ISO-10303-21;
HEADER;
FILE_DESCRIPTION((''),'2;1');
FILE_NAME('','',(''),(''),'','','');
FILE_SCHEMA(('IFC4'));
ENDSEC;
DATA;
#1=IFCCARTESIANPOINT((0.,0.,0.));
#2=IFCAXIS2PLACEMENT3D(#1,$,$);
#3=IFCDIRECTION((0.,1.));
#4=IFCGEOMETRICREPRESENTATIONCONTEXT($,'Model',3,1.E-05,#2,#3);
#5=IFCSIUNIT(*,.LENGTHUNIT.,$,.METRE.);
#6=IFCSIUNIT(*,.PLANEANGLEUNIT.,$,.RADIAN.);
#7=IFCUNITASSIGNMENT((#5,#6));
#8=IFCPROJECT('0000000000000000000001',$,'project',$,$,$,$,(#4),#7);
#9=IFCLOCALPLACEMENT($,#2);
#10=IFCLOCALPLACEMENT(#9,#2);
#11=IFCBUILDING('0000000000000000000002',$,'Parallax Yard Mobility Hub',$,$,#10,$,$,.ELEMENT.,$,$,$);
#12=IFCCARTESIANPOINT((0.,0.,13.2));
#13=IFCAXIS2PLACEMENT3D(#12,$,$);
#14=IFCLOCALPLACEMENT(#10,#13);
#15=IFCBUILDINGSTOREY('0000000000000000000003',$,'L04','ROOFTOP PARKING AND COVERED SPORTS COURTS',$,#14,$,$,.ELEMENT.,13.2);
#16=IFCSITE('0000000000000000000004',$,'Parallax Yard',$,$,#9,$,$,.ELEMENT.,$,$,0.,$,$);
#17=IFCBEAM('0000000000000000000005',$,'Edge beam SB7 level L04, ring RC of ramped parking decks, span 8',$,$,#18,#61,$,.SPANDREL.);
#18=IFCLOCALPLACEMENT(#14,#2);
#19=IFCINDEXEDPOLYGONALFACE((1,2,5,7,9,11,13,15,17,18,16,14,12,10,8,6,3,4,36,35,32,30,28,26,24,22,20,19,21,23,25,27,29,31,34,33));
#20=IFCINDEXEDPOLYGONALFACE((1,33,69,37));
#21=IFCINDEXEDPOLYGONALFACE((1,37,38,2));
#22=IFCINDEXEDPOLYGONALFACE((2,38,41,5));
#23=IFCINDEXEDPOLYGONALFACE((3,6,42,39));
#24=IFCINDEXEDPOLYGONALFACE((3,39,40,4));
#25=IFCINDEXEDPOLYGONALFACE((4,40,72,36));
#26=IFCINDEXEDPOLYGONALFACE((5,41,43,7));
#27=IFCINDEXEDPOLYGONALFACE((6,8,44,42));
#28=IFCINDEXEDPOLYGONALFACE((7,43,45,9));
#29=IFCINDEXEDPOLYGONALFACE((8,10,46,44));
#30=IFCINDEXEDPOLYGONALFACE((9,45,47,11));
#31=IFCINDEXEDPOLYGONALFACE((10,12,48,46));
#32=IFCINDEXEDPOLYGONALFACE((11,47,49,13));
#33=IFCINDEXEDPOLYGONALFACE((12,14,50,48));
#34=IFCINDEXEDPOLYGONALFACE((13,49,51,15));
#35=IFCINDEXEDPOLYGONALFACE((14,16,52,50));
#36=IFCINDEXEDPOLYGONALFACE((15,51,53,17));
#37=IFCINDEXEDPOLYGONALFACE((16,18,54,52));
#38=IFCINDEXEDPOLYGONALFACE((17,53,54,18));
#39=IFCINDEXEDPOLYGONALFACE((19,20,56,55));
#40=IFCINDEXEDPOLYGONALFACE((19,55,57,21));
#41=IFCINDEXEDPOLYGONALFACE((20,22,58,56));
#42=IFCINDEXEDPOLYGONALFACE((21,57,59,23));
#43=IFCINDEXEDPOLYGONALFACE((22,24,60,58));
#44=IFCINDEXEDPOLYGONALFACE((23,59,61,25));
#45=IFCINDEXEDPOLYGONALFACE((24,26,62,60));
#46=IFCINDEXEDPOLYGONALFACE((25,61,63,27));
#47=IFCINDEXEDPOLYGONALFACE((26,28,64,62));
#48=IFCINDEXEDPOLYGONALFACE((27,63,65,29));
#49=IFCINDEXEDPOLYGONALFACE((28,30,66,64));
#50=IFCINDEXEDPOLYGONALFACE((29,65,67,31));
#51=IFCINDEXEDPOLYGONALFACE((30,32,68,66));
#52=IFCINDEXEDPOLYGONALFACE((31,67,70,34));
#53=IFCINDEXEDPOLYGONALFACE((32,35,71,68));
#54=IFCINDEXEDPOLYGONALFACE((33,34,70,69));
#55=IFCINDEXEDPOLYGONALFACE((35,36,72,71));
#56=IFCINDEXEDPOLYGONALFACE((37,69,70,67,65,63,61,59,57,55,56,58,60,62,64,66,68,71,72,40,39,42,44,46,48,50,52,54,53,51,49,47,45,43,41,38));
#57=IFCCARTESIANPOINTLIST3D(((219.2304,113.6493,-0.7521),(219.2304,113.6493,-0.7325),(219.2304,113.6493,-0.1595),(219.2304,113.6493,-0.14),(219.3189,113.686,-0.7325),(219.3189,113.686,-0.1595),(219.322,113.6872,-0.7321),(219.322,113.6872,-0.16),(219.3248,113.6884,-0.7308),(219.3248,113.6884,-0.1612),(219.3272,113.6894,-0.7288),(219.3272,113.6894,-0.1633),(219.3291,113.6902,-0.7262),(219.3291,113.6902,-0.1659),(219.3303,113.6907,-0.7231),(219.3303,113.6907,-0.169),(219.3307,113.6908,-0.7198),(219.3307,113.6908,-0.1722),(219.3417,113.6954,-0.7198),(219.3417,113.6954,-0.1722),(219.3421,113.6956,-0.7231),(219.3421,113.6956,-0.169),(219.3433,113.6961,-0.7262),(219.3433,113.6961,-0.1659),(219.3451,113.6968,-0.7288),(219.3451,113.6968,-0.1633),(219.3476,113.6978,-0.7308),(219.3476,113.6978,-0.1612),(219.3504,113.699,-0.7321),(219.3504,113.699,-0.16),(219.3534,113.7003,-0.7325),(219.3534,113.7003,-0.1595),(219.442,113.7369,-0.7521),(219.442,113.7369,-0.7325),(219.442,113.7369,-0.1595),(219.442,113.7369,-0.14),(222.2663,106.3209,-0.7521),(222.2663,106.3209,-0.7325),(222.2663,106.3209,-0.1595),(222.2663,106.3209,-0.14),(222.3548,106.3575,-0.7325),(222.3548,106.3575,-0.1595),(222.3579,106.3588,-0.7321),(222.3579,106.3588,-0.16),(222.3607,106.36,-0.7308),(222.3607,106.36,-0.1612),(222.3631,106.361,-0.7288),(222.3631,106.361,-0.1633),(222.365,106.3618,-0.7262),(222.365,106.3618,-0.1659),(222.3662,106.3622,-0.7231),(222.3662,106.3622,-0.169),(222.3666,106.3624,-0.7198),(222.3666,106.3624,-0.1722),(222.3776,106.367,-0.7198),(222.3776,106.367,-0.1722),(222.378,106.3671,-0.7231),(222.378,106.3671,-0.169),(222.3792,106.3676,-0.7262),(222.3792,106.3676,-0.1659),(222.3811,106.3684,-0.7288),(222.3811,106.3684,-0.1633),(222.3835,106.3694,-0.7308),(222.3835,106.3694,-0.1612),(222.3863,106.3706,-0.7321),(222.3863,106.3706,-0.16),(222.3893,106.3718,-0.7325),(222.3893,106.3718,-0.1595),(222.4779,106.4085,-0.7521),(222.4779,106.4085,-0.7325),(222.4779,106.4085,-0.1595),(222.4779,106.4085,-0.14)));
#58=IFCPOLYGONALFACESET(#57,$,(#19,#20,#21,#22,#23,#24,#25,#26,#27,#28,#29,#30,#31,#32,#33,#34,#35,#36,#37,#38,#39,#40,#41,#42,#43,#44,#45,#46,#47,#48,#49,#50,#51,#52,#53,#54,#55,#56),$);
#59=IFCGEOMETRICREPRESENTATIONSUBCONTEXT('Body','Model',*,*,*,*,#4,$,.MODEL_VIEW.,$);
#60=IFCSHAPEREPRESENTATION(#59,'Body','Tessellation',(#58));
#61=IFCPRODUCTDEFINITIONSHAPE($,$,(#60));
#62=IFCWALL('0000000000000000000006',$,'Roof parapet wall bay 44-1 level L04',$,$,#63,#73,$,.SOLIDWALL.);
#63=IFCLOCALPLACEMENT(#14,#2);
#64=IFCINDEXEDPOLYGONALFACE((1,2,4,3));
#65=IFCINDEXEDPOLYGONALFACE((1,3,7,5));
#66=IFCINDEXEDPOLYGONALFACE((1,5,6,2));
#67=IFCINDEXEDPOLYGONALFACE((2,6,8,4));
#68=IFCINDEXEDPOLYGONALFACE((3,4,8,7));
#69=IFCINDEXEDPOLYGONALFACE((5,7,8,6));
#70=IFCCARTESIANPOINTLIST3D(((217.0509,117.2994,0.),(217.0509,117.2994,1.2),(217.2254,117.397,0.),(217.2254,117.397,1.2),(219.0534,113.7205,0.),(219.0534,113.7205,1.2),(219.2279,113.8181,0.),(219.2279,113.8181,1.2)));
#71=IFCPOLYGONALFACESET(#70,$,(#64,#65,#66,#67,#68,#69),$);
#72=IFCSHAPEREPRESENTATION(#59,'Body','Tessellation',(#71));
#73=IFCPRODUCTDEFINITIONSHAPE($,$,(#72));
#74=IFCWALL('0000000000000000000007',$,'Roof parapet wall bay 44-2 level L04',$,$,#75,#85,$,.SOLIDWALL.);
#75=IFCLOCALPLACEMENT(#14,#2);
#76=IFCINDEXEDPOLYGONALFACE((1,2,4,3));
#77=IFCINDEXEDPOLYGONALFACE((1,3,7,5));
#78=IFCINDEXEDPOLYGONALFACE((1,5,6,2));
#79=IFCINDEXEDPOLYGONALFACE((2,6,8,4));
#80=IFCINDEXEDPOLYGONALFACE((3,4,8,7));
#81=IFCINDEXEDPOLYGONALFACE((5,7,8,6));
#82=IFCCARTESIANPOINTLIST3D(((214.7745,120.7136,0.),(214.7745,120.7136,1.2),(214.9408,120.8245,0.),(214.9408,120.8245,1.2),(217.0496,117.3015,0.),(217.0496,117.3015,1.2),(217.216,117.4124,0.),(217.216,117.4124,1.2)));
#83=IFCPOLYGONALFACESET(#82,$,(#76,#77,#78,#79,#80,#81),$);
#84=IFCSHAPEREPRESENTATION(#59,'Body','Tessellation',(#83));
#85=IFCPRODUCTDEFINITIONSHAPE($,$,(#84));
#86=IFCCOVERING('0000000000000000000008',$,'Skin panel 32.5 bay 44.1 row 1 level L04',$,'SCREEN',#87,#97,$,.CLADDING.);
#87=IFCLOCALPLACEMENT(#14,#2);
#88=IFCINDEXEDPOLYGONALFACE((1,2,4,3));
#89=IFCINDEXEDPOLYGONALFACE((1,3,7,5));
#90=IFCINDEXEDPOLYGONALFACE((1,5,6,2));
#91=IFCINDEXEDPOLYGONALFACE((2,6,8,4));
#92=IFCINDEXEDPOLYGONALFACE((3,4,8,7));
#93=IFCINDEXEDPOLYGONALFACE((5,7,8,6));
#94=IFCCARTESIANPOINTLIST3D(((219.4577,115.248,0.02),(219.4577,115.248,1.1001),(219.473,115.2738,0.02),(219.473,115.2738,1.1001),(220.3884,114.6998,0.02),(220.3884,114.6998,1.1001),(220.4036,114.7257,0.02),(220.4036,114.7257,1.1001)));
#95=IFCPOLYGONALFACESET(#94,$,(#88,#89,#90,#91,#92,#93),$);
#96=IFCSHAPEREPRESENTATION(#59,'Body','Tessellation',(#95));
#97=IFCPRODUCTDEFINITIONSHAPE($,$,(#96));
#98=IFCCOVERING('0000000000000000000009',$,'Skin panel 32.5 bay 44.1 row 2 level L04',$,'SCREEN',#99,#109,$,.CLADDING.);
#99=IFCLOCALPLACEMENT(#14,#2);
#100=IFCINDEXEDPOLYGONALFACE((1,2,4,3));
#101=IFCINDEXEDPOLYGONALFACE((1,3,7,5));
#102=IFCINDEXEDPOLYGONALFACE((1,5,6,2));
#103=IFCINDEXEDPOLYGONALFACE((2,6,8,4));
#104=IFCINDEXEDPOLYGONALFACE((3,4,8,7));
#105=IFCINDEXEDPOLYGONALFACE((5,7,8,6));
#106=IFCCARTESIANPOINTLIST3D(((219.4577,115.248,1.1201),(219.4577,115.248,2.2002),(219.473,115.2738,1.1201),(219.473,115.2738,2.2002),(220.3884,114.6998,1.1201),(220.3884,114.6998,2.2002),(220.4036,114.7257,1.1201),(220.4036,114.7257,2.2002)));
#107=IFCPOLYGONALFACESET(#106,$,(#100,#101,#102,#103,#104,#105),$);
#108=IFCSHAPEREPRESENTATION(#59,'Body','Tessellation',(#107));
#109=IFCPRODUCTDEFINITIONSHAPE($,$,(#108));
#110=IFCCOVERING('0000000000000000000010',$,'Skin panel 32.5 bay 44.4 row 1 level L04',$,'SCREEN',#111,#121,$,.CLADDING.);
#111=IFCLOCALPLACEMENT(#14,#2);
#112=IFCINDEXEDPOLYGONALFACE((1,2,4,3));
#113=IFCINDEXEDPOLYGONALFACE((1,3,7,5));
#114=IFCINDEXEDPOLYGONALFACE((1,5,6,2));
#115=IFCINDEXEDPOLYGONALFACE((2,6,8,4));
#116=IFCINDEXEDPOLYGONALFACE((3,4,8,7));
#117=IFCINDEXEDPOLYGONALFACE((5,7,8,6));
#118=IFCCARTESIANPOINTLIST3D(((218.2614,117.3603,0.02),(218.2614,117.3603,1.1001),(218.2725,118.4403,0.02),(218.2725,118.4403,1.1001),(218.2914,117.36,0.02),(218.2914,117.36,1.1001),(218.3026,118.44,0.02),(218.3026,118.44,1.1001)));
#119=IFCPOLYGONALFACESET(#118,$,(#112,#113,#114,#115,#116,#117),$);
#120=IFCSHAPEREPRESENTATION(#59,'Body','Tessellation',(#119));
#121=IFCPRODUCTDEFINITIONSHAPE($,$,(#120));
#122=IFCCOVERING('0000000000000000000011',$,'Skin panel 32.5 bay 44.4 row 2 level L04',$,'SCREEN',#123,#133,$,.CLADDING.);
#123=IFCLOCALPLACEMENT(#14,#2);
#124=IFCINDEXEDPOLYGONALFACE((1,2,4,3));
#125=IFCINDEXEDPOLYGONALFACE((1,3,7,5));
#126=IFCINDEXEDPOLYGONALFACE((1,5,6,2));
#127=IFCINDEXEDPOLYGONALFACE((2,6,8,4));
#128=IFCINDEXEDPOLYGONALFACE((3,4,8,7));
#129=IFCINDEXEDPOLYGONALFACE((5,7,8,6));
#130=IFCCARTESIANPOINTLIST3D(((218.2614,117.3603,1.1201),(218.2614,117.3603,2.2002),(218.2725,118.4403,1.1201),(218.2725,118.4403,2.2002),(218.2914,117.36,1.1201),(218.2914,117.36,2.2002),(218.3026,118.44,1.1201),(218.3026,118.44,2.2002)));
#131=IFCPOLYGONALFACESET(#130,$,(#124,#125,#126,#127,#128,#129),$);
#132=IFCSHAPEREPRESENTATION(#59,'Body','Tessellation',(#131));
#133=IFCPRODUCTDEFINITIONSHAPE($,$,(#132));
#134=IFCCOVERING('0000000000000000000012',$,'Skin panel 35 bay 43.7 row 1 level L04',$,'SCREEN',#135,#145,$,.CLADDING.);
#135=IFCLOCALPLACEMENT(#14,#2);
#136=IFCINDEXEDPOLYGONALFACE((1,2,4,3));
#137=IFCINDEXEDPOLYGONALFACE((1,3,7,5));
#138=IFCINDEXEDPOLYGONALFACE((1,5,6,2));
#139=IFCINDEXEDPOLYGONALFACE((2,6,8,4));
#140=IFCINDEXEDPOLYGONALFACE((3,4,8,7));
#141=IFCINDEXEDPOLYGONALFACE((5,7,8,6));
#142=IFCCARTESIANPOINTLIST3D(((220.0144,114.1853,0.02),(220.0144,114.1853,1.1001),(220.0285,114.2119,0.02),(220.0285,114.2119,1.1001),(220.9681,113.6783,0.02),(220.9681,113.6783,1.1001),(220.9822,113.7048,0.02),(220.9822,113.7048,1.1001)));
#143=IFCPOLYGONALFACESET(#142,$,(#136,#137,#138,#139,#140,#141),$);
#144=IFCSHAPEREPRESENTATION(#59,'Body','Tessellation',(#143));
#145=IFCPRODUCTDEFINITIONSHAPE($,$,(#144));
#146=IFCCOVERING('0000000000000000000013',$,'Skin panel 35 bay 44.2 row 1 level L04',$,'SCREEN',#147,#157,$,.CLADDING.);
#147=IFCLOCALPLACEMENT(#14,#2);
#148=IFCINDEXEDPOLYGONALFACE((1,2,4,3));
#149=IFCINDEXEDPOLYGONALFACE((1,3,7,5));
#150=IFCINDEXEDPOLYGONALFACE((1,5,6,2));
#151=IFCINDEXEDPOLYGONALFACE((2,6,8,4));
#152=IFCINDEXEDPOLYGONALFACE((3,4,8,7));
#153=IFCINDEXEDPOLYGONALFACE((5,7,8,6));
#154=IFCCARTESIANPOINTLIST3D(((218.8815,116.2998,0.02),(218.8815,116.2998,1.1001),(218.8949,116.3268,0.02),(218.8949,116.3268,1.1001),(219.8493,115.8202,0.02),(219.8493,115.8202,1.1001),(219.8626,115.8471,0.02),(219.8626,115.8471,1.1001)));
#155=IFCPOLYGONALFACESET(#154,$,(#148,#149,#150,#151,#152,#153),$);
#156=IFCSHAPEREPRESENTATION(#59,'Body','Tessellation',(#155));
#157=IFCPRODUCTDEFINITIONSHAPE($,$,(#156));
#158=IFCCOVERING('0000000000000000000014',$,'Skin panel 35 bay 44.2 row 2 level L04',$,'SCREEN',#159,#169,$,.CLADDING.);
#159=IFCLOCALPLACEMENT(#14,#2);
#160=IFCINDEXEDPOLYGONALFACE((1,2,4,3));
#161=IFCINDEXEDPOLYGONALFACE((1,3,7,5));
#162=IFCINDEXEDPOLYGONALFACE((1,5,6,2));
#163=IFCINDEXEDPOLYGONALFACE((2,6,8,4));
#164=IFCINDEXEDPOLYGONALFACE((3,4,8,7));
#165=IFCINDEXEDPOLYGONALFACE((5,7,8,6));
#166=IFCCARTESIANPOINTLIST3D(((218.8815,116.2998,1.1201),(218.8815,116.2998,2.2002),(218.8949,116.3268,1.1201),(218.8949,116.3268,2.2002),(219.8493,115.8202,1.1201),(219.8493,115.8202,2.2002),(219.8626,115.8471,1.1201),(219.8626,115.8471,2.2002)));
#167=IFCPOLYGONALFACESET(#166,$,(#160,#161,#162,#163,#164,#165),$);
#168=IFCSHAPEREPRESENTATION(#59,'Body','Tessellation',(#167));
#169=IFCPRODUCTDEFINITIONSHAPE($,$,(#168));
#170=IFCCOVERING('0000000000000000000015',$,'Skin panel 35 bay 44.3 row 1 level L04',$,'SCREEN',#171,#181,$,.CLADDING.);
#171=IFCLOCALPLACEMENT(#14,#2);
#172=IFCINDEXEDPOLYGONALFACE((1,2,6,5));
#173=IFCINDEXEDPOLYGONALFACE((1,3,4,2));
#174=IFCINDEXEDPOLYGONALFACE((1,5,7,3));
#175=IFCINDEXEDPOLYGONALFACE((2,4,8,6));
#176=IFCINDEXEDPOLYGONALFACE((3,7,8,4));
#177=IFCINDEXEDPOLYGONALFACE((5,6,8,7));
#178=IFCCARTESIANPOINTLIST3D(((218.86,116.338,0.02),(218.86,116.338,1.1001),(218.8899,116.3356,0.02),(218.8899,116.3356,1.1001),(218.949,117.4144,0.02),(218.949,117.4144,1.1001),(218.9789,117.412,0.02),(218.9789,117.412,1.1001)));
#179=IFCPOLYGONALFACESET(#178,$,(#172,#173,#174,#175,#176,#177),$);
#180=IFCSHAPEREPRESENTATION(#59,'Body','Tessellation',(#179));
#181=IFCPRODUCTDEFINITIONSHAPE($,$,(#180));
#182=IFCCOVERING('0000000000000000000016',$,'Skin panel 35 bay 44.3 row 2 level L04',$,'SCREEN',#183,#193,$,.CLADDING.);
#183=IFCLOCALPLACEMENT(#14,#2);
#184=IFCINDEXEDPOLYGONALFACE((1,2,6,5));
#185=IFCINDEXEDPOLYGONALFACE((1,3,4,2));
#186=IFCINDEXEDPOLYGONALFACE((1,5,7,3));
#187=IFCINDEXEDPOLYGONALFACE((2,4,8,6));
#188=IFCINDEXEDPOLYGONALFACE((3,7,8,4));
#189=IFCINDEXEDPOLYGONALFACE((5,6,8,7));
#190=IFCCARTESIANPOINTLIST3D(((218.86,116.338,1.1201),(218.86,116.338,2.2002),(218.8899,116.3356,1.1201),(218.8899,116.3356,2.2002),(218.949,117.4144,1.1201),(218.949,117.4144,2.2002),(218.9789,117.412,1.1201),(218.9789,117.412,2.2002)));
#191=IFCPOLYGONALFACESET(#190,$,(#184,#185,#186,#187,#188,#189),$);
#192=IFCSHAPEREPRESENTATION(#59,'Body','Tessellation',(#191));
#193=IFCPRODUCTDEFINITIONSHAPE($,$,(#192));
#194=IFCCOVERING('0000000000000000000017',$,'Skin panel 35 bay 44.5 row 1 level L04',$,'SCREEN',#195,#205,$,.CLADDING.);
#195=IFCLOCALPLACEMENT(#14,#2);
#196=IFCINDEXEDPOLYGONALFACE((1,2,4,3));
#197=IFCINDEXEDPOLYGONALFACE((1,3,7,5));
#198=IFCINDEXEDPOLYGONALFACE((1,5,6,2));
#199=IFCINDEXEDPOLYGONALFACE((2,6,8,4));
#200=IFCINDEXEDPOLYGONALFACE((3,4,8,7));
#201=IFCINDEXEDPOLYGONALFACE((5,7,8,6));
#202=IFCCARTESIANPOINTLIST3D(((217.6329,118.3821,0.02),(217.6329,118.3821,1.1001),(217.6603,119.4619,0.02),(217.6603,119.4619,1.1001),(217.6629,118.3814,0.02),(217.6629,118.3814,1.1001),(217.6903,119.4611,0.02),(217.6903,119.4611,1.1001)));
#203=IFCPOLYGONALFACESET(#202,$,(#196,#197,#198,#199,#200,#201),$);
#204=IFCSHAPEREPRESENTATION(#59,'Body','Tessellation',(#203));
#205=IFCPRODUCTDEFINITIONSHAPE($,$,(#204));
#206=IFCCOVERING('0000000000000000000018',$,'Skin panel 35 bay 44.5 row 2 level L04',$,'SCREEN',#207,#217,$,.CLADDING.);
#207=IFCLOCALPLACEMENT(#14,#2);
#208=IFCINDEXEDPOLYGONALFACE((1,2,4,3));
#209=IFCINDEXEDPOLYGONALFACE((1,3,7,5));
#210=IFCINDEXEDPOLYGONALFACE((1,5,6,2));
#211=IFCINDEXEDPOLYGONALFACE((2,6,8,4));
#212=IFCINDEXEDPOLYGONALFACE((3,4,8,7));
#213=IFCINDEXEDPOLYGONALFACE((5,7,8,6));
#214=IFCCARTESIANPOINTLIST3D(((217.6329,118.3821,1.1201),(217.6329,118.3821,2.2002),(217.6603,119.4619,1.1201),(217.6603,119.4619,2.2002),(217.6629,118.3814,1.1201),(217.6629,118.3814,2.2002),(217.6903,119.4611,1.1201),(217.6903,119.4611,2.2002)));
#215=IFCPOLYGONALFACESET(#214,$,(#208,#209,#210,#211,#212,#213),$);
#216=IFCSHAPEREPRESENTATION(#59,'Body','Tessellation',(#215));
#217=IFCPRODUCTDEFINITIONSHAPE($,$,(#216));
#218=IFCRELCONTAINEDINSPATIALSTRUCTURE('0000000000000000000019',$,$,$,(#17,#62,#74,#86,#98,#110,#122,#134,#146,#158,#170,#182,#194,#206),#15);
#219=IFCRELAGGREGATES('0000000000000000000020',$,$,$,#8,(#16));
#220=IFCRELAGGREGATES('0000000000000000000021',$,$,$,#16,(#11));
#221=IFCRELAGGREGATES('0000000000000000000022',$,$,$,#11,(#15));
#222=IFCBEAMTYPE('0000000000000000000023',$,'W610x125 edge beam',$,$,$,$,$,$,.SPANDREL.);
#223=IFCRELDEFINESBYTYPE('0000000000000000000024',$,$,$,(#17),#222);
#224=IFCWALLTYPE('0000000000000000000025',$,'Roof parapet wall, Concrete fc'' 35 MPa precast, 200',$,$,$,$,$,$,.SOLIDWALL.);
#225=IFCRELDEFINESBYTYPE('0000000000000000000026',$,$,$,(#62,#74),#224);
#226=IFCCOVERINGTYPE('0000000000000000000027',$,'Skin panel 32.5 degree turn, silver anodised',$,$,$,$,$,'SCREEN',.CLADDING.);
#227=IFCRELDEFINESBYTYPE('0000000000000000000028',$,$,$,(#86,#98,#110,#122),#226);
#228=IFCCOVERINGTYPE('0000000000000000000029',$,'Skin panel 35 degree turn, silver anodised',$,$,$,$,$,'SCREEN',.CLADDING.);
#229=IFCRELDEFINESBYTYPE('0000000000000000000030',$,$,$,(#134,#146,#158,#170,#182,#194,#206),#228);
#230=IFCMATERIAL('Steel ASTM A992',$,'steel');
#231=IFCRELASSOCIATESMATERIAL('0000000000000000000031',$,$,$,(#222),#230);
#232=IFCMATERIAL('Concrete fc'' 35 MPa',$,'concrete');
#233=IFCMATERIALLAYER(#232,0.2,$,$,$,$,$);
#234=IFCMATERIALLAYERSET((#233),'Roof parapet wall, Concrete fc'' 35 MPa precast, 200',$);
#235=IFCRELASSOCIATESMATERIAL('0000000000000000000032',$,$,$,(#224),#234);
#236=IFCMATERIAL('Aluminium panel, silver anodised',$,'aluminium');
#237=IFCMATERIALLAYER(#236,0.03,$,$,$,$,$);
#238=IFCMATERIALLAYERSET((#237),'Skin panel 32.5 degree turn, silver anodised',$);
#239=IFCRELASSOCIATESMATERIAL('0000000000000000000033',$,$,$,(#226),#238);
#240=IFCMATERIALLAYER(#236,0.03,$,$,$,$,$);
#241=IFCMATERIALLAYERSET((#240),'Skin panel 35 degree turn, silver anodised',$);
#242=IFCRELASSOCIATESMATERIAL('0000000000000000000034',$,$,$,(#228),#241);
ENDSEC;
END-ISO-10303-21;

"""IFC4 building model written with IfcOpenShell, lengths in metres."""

from ifc_helpers import new_model, si_unit, direction, frame, frame_2d, origin, origin_2d, place, context, subcontext, project, spatial, rectangle, i_section, extrude, material, layer, layer_set, material_profile, profile_set, type_object, element, save


model = new_model("IFC4")

# Units and contexts
model_context = context("Model", 3, precision=1e-05, world=origin(), true_north=direction((0.0, 1.0)))
body_context = subcontext(model_context, "Body", "Model", "MODEL_VIEW")
ifc_project = project(units=[si_unit("LENGTHUNIT", "METRE"), si_unit("PLANEANGLEUNIT", "RADIAN")], contexts=[model_context])

# Site, building, storey
site_placement = place(None, origin())
site = spatial("IfcSite", under=ifc_project, at=site_placement, Name="Parallax Yard", CompositionType="ELEMENT", RefElevation=0.0)
building_placement = place(site_placement, origin())
building = spatial("IfcBuilding", under=site, at=building_placement, Name="Parallax Yard Mobility Hub", CompositionType="ELEMENT")
storey_placement = place(building_placement, frame((0.0, 0.0, 13.2)))
storey = spatial("IfcBuildingStorey", under=building, at=storey_placement, Name="L04", Description="ROOFTOP PARKING AND COVERED SPORTS COURTS", CompositionType="ELEMENT", Elevation=13.2)

# Beam
ifc_material_1 = material(Name="Steel ASTM A992", Category="steel")
ifc_material_profile_1 = material_profile(ifc_material_1, i_section(OverallWidth=0.229, OverallDepth=0.6121, WebThickness=0.012, FlangeThickness=0.0195, FilletRadius=0.0127, at=origin_2d()), Name="W610x125")
ifc_profile_set_1 = profile_set([ifc_material_profile_1], Name="Steel ASTM A992")
beam_type = type_object("IfcBeamType", Name="W610x125 edge beam", PredefinedType="SPANDREL", material=ifc_profile_set_1)
beam_placement = place(storey_placement, frame((219.3362, 113.6931, -0.446), z_axis=(0.382724, -0.923863, 0.0), x_axis=(0.923863, 0.382724, 0.0)))
element("IfcBeam", 1, at=beam_placement, inside=storey, type_object=beam_type, Name="Edge beam SB7 level L04, ring RC of ramped parking decks, span 8", PredefinedType="SPANDREL", context=body_context, shape_type="SweptSolid", body=[
    extrude(i_section(OverallWidth=0.229, OverallDepth=0.6121, WebThickness=0.012, FlangeThickness=0.0195, FilletRadius=0.0127, at=origin_2d()), origin(), (0.0, 0.0, 1.0), 7.9324),
])

# Walls
ifc_material_2 = material(Name="Concrete fc' 35 MPa", Category="concrete")
ifc_layer_1 = layer(ifc_material_2, 0.2)
ifc_layer_set_1 = layer_set([ifc_layer_1], Name="Roof parapet wall, Concrete fc' 35 MPa precast, 200")
wall_type = type_object("IfcWallType", Name="Roof parapet wall, Concrete fc' 35 MPa precast, 200", PredefinedType="SOLIDWALL", material=ifc_layer_set_1)
for number, where, z_axis, x_axis, name in (
    (2, (219.1406, 113.7693, 0.0), (0.0, 0.0, 1.0), (-0.488284, 0.872685, 0.0), "Roof parapet wall bay 44-1 level L04"),
    (3, (217.1328, 117.3569, 0.0), (0.0, 0.0, 1.0), (-0.554769, 0.832004, 0.0), "Roof parapet wall bay 44-2 level L04"),
):
    element("IfcWall", number, at=place(storey_placement, frame(where, z_axis=z_axis, x_axis=x_axis)), inside=storey, type_object=wall_type, Name=name, PredefinedType="SOLIDWALL", context=body_context, shape_type="SweptSolid", body=[
        extrude(rectangle(XDim=4.1011, YDim=0.2, at=frame_2d((2.0505, 0.0))), origin(), (0.0, 0.0, 1.0), 1.2),
    ])

# Coverings
ifc_material_3 = material(Name="Aluminium panel, silver anodised", Category="aluminium")
ifc_layer_2 = layer(ifc_material_3, 0.03)
ifc_layer_set_2 = layer_set([ifc_layer_2], Name="Skin panel 32.5 degree turn, silver anodised")
covering_type_1 = type_object("IfcCoveringType", Name="Skin panel 32.5 degree turn, silver anodised", ElementType="SCREEN", PredefinedType="CLADDING", material=ifc_layer_set_2)
for number, where, z_axis, x_axis, name in (
    (4, (219.9307, 114.9868, 0.02), (0.0, 0.0, 1.0), (0.861629, -0.507538, 0.0), "Skin panel 32.5 bay 44.1 row 1 level L04"),
    (5, (219.9307, 114.9868, 1.1201), (0.0, 0.0, 1.0), (0.861629, -0.507538, 0.0), "Skin panel 32.5 bay 44.1 row 2 level L04"),
    (6, (218.282, 117.9001, 0.02), (0.0, 0.0, 1.0), (0.010313, 0.999947, 0.0), "Skin panel 32.5 bay 44.4 row 1 level L04"),
    (7, (218.282, 117.9001, 1.1201), (0.0, 0.0, 1.0), (0.010313, 0.999947, 0.0), "Skin panel 32.5 bay 44.4 row 2 level L04"),
):
    element("IfcCovering", number, at=place(storey_placement, frame(where, z_axis=z_axis, x_axis=x_axis)), inside=storey, type_object=covering_type_1, Name=name, ObjectType="SCREEN", PredefinedType="CLADDING", context=body_context, shape_type="SweptSolid", body=[
        extrude(rectangle(XDim=1.0801, YDim=0.03, at=origin_2d()), origin(), (0.0, 0.0, 1.0), 1.0801),
    ])
ifc_layer_3 = layer(ifc_material_3, 0.03)
ifc_layer_set_3 = layer_set([ifc_layer_3], Name="Skin panel 35 degree turn, silver anodised")
covering_type_2 = type_object("IfcCoveringType", Name="Skin panel 35 degree turn, silver anodised", ElementType="SCREEN", PredefinedType="CLADDING", material=ifc_layer_set_3)
for number, where, z_axis, x_axis, name in (
    (8, (220.4983, 113.9451, 0.02), (0.0, 0.0, 1.0), (0.882948, -0.469472, 0.0), "Skin panel 35 bay 43.7 row 1 level L04"),
    (9, (219.3721, 116.0735, 0.02), (0.0, 0.0, 1.0), (0.895994, -0.444066, 0.0), "Skin panel 35 bay 44.2 row 1 level L04"),
    (10, (219.3721, 116.0735, 1.1201), (0.0, 0.0, 1.0), (0.895994, -0.444066, 0.0), "Skin panel 35 bay 44.2 row 2 level L04"),
    (11, (218.9194, 116.875, 0.02), (0.0, 0.0, 1.0), (0.082413, 0.996598, 0.0), "Skin panel 35 bay 44.3 row 1 level L04"),
    (12, (218.9194, 116.875, 1.1201), (0.0, 0.0, 1.0), (0.082413, 0.996598, 0.0), "Skin panel 35 bay 44.3 row 2 level L04"),
    (13, (217.6616, 118.9216, 0.02), (0.0, 0.0, 1.0), (0.025383, 0.999678, 0.0), "Skin panel 35 bay 44.5 row 1 level L04"),
    (14, (217.6616, 118.9216, 1.1201), (0.0, 0.0, 1.0), (0.025383, 0.999678, 0.0), "Skin panel 35 bay 44.5 row 2 level L04"),
):
    element("IfcCovering", number, at=place(storey_placement, frame(where, z_axis=z_axis, x_axis=x_axis)), inside=storey, type_object=covering_type_2, Name=name, ObjectType="SCREEN", PredefinedType="CLADDING", context=body_context, shape_type="SweptSolid", body=[
        extrude(rectangle(XDim=1.0801, YDim=0.03, at=origin_2d()), origin(), (0.0, 0.0, 1.0), 1.0801),
    ])

save(model, "model.ifc")
